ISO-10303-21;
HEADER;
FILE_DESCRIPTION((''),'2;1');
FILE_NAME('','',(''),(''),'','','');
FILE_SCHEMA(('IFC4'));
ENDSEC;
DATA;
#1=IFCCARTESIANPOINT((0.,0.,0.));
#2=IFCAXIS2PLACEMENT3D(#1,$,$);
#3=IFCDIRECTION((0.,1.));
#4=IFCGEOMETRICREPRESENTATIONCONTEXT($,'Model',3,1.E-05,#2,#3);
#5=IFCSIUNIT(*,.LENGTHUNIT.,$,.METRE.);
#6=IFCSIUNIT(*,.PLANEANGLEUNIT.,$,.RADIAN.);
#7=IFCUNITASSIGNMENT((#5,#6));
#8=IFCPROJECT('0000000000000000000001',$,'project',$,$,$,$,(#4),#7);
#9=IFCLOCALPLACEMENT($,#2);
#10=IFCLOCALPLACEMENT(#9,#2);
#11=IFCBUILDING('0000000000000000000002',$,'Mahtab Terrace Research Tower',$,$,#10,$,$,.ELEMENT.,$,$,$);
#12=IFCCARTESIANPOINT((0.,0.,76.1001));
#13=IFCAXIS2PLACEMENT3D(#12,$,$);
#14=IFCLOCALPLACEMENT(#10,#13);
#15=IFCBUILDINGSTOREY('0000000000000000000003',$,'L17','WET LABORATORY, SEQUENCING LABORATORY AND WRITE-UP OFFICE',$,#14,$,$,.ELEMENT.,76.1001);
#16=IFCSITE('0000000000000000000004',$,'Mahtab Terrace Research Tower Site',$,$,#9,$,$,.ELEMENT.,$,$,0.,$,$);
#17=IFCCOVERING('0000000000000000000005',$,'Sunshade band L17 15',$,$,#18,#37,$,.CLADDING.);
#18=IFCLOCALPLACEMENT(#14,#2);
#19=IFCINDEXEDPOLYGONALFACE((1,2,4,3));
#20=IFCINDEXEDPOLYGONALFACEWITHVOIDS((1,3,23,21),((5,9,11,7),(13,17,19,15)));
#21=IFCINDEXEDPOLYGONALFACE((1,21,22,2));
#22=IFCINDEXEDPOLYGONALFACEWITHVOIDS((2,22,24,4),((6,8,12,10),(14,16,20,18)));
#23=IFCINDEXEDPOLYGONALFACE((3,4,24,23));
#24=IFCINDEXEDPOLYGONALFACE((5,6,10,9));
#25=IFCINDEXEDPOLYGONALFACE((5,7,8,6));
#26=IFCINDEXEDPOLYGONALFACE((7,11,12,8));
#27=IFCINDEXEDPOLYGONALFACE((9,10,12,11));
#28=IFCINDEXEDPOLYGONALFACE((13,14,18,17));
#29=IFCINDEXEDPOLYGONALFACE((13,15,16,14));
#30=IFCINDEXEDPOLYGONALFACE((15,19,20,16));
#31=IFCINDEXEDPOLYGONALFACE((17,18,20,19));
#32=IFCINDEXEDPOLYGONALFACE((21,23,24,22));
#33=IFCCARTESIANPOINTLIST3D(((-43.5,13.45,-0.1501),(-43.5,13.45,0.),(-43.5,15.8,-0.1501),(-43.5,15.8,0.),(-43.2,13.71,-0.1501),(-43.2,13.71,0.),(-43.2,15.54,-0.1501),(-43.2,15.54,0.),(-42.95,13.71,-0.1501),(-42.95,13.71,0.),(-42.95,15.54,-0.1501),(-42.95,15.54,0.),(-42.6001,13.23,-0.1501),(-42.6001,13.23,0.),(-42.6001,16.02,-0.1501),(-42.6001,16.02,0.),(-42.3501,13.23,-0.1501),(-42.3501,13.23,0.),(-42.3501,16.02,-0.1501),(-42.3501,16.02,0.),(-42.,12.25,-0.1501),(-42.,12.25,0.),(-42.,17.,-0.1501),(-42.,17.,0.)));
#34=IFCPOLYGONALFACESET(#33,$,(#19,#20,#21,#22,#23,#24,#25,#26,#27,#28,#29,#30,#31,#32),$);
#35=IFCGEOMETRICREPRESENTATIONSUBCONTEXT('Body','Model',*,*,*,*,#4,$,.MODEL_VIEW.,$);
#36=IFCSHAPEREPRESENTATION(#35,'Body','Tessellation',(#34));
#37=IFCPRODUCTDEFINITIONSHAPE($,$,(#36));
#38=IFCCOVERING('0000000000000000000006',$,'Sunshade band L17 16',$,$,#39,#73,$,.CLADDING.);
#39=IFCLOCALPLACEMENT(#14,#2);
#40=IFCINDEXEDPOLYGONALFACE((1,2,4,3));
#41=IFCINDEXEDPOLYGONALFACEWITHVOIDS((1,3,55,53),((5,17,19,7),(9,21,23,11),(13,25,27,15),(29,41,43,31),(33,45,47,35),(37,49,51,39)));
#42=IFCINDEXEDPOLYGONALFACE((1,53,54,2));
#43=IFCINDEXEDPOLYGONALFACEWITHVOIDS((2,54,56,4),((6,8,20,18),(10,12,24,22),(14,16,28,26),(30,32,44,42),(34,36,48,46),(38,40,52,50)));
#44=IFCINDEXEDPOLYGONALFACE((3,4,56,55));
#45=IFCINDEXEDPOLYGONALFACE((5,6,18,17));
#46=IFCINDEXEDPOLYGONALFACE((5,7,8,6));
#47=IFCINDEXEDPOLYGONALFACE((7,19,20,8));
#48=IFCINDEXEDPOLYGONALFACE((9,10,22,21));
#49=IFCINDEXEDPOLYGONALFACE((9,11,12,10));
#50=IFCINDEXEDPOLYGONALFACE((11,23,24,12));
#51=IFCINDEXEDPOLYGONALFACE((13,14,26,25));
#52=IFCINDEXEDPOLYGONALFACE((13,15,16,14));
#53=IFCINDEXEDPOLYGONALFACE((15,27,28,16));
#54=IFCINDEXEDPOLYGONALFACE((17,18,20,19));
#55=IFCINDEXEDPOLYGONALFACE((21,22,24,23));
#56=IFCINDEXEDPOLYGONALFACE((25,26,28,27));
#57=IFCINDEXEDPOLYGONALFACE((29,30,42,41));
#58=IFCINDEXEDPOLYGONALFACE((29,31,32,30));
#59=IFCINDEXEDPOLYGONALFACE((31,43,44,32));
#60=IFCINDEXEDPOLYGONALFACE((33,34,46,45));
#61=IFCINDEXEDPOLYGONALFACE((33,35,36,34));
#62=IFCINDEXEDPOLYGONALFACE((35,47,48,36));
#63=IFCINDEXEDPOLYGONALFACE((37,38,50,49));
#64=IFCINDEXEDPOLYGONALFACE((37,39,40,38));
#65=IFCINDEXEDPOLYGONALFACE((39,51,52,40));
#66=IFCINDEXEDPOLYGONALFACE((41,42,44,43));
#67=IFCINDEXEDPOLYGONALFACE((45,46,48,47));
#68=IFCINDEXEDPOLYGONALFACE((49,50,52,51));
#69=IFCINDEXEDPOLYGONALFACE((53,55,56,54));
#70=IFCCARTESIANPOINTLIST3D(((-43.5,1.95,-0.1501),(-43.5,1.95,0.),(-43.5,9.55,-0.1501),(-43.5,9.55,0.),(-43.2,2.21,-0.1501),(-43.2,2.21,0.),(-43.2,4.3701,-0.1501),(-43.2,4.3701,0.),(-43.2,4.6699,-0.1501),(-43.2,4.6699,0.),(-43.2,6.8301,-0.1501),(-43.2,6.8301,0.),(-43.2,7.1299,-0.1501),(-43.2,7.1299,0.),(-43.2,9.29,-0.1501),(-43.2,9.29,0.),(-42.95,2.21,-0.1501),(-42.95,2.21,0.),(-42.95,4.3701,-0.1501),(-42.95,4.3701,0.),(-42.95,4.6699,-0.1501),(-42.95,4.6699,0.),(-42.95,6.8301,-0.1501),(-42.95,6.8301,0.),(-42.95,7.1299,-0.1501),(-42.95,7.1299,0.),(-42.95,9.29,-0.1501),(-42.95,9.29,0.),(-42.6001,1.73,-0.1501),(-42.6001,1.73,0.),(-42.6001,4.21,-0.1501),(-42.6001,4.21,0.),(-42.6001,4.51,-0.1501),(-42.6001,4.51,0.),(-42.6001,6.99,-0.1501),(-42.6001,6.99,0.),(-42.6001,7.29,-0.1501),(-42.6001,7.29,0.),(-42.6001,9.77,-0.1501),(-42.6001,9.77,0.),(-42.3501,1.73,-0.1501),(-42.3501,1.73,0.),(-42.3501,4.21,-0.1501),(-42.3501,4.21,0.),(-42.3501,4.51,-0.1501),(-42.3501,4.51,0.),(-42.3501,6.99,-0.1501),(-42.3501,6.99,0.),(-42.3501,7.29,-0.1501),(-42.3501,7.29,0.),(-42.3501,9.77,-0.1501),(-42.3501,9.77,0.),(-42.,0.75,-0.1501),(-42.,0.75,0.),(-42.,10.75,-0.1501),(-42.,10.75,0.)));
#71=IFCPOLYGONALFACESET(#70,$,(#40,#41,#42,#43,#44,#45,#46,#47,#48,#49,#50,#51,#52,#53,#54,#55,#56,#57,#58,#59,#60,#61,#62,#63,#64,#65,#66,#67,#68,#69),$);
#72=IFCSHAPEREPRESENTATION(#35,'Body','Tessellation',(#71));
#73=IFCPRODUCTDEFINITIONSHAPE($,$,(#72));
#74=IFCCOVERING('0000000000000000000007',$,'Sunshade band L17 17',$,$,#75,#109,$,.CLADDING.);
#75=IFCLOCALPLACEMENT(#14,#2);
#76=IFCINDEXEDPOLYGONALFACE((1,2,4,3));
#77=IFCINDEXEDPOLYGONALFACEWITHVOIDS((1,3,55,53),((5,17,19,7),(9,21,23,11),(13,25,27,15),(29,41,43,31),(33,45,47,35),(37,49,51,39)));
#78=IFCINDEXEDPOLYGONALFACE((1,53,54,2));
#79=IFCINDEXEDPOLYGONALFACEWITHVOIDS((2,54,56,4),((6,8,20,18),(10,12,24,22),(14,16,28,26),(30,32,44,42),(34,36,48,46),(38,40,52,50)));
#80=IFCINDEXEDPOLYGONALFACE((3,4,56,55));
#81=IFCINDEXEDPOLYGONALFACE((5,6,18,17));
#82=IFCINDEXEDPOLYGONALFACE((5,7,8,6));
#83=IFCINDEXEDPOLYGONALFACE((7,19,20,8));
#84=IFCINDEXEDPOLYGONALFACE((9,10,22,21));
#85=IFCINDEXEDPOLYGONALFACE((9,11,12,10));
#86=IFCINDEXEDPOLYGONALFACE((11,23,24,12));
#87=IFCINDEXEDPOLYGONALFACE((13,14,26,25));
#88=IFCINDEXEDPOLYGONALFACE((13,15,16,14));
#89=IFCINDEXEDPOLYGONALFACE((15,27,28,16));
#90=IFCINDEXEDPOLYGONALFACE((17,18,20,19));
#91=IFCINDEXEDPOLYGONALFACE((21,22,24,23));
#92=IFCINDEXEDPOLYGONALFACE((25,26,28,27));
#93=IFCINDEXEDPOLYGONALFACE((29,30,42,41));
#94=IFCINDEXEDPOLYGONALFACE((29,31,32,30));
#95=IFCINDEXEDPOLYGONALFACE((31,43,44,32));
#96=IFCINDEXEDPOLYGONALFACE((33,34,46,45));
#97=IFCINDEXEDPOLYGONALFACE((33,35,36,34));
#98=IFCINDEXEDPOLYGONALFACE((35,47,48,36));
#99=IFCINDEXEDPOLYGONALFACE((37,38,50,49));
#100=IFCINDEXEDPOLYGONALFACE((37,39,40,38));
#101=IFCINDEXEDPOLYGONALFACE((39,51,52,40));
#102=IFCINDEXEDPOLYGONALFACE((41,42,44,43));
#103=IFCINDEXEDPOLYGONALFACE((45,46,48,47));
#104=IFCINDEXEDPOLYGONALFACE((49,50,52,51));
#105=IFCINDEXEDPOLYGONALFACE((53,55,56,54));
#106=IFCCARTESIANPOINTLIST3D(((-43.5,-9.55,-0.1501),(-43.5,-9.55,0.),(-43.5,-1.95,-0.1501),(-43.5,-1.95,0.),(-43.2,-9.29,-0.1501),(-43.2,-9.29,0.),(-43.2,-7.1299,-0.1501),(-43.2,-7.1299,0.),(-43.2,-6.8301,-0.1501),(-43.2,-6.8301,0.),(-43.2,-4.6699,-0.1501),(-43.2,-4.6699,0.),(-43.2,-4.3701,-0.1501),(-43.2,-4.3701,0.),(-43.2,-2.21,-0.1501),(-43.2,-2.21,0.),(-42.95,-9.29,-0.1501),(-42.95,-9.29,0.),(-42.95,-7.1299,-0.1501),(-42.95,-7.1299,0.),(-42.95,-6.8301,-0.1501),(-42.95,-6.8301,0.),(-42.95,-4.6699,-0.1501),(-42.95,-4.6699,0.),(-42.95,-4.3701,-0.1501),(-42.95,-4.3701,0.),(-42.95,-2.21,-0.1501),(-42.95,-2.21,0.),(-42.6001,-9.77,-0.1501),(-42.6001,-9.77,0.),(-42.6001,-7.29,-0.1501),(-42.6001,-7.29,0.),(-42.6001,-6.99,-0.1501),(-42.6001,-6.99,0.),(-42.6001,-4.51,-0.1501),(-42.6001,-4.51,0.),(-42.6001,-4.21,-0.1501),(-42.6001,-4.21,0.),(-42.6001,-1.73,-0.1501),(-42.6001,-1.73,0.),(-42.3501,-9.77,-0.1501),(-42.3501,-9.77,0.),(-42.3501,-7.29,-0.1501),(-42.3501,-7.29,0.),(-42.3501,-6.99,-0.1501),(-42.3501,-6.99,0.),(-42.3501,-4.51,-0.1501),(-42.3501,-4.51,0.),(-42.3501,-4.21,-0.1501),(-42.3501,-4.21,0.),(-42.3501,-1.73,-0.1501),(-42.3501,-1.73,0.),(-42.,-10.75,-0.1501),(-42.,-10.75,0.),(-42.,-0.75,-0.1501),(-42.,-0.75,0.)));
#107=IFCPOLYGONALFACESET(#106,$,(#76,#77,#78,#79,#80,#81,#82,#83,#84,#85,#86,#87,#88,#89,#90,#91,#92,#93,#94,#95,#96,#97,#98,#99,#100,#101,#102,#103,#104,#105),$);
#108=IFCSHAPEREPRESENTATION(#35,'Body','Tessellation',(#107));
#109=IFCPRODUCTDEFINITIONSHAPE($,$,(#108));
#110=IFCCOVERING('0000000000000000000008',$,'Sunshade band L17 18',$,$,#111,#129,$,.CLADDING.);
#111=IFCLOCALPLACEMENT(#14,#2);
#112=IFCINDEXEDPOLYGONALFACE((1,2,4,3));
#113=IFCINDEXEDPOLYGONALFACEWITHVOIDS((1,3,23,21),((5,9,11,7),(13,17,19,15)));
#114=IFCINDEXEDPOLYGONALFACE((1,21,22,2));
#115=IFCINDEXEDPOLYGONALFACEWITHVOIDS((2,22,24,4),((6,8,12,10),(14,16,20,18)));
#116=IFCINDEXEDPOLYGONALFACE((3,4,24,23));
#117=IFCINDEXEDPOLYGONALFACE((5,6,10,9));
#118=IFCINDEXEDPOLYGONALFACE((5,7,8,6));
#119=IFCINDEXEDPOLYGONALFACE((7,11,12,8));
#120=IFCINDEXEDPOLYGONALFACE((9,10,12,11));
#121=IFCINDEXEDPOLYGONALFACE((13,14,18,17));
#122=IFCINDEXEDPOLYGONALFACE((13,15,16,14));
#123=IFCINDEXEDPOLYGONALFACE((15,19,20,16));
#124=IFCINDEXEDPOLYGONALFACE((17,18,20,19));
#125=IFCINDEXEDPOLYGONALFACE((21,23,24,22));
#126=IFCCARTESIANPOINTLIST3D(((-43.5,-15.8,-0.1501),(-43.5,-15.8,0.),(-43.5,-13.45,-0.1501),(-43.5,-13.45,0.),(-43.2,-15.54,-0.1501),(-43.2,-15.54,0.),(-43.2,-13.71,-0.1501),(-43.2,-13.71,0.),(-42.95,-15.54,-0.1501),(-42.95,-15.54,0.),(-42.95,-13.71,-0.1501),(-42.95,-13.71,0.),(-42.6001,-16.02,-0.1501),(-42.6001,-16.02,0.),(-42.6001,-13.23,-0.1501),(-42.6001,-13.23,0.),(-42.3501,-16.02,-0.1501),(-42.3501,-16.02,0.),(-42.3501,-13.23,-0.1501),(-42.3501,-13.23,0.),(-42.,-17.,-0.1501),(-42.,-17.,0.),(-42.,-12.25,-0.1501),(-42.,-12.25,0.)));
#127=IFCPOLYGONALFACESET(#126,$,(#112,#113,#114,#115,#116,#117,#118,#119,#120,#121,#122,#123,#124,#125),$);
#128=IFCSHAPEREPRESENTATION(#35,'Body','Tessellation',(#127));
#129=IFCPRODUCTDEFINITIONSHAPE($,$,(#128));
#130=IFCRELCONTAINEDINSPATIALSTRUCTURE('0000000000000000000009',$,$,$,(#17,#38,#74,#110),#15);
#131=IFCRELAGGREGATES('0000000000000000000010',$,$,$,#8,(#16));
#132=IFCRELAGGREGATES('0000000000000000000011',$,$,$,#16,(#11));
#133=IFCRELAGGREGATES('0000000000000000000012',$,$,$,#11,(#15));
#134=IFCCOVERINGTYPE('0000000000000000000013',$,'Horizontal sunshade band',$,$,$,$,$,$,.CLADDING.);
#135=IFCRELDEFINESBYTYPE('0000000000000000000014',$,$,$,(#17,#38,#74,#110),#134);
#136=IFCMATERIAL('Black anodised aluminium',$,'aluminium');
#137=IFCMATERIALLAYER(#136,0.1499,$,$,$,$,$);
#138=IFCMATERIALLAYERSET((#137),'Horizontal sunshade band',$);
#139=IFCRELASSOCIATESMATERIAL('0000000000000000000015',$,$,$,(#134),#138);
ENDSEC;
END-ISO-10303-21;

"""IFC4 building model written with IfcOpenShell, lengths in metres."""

from ifc_helpers import new_model, si_unit, direction, frame, origin, place, context, subcontext, project, spatial, polyline, outline, extrude, material, layer, layer_set, type_object, element, save


model = new_model("IFC4")

# Units and contexts
model_context = context("Model", 3, precision=1e-05, world=origin(), true_north=direction((0.0, 1.0)))
body_context = subcontext(model_context, "Body", "Model", "MODEL_VIEW")
ifc_project = project(units=[si_unit("LENGTHUNIT", "METRE"), si_unit("PLANEANGLEUNIT", "RADIAN")], contexts=[model_context])

# Site, building, storey
site_placement = place(None, origin())
site = spatial("IfcSite", under=ifc_project, at=site_placement, Name="Mahtab Terrace Research Tower Site", CompositionType="ELEMENT", RefElevation=0.0)
building_placement = place(site_placement, origin())
building = spatial("IfcBuilding", under=site, at=building_placement, Name="Mahtab Terrace Research Tower", CompositionType="ELEMENT")
storey_placement = place(building_placement, frame((0.0, 0.0, 76.1001)))
storey = spatial("IfcBuildingStorey", under=building, at=storey_placement, Name="L17", Description="WET LABORATORY, SEQUENCING LABORATORY AND WRITE-UP OFFICE", CompositionType="ELEMENT", Elevation=76.1001)

# Coverings
ifc_material_1 = material(Name="Black anodised aluminium", Category="aluminium")
ifc_layer_1 = layer(ifc_material_1, 0.1499)
ifc_layer_set_1 = layer_set([ifc_layer_1], Name="Horizontal sunshade band")
covering_type = type_object("IfcCoveringType", Name="Horizontal sunshade band", PredefinedType="CLADDING", material=ifc_layer_set_1)
covering_1_placement = place(storey_placement, frame((0.0, 0.0, -0.1501)))
element("IfcCovering", 1, at=covering_1_placement, inside=storey, type_object=covering_type, Name="Sunshade band L17 15", PredefinedType="CLADDING", context=body_context, shape_type="SweptSolid", body=[
    extrude(outline(polyline([(-42.0, 17.0), (-42.0, 12.25), (-43.5, 13.45), (-43.5, 15.8), (-42.0, 17.0)]), holes=[polyline([(-42.3501, 16.02), (-42.3501, 13.23), (-42.6001, 13.23), (-42.6001, 16.02), (-42.3501, 16.02)]), polyline([(-42.95, 15.54), (-42.95, 13.71), (-43.2, 13.71), (-43.2, 15.54), (-42.95, 15.54)])]), origin(), (0.0, 0.0, 1.0), 0.1501),
])
covering_2_placement = place(storey_placement, frame((0.0, 0.0, -0.1501)))
element("IfcCovering", 2, at=covering_2_placement, inside=storey, type_object=covering_type, Name="Sunshade band L17 16", PredefinedType="CLADDING", context=body_context, shape_type="SweptSolid", body=[
    extrude(outline(polyline([(-42.0, 10.75), (-42.0, 0.75), (-43.5, 1.95), (-43.5, 9.55), (-42.0, 10.75)]), holes=[polyline([(-42.3501, 9.77), (-42.3501, 7.29), (-42.6001, 7.29), (-42.6001, 9.77), (-42.3501, 9.77)]), polyline([(-42.3501, 6.99), (-42.3501, 4.51), (-42.6001, 4.51), (-42.6001, 6.99), (-42.3501, 6.99)]), polyline([(-42.3501, 4.21), (-42.3501, 1.73), (-42.6001, 1.73), (-42.6001, 4.21), (-42.3501, 4.21)]), polyline([(-42.95, 9.29), (-42.95, 7.1299), (-43.2, 7.1299), (-43.2, 9.29), (-42.95, 9.29)]), polyline([(-42.95, 6.8301), (-42.95, 4.6699), (-43.2, 4.6699), (-43.2, 6.8301), (-42.95, 6.8301)]), polyline([(-42.95, 4.3701), (-42.95, 2.21), (-43.2, 2.21), (-43.2, 4.3701), (-42.95, 4.3701)])]), origin(), (0.0, 0.0, 1.0), 0.1501),
])
covering_3_placement = place(storey_placement, frame((0.0, 0.0, -0.1501)))
element("IfcCovering", 3, at=covering_3_placement, inside=storey, type_object=covering_type, Name="Sunshade band L17 17", PredefinedType="CLADDING", context=body_context, shape_type="SweptSolid", body=[
    extrude(outline(polyline([(-42.0, -0.75), (-42.0, -10.75), (-43.5, -9.55), (-43.5, -1.95), (-42.0, -0.75)]), holes=[polyline([(-42.3501, -1.73), (-42.3501, -4.21), (-42.6001, -4.21), (-42.6001, -1.73), (-42.3501, -1.73)]), polyline([(-42.3501, -4.51), (-42.3501, -6.99), (-42.6001, -6.99), (-42.6001, -4.51), (-42.3501, -4.51)]), polyline([(-42.3501, -7.29), (-42.3501, -9.77), (-42.6001, -9.77), (-42.6001, -7.29), (-42.3501, -7.29)]), polyline([(-42.95, -2.21), (-42.95, -4.3701), (-43.2, -4.3701), (-43.2, -2.21), (-42.95, -2.21)]), polyline([(-42.95, -4.6699), (-42.95, -6.8301), (-43.2, -6.8301), (-43.2, -4.6699), (-42.95, -4.6699)]), polyline([(-42.95, -7.1299), (-42.95, -9.29), (-43.2, -9.29), (-43.2, -7.1299), (-42.95, -7.1299)])]), origin(), (0.0, 0.0, 1.0), 0.1501),
])
covering_4_placement = place(storey_placement, frame((0.0, 0.0, -0.1501)))
element("IfcCovering", 4, at=covering_4_placement, inside=storey, type_object=covering_type, Name="Sunshade band L17 18", PredefinedType="CLADDING", context=body_context, shape_type="SweptSolid", body=[
    extrude(outline(polyline([(-42.0, -12.25), (-42.0, -17.0), (-43.5, -15.8), (-43.5, -13.45), (-42.0, -12.25)]), holes=[polyline([(-42.3501, -13.23), (-42.3501, -16.02), (-42.6001, -16.02), (-42.6001, -13.23), (-42.3501, -13.23)]), polyline([(-42.95, -13.71), (-42.95, -15.54), (-43.2, -15.54), (-43.2, -13.71), (-42.95, -13.71)])]), origin(), (0.0, 0.0, 1.0), 0.1501),
])

save(model, "model.ifc")
